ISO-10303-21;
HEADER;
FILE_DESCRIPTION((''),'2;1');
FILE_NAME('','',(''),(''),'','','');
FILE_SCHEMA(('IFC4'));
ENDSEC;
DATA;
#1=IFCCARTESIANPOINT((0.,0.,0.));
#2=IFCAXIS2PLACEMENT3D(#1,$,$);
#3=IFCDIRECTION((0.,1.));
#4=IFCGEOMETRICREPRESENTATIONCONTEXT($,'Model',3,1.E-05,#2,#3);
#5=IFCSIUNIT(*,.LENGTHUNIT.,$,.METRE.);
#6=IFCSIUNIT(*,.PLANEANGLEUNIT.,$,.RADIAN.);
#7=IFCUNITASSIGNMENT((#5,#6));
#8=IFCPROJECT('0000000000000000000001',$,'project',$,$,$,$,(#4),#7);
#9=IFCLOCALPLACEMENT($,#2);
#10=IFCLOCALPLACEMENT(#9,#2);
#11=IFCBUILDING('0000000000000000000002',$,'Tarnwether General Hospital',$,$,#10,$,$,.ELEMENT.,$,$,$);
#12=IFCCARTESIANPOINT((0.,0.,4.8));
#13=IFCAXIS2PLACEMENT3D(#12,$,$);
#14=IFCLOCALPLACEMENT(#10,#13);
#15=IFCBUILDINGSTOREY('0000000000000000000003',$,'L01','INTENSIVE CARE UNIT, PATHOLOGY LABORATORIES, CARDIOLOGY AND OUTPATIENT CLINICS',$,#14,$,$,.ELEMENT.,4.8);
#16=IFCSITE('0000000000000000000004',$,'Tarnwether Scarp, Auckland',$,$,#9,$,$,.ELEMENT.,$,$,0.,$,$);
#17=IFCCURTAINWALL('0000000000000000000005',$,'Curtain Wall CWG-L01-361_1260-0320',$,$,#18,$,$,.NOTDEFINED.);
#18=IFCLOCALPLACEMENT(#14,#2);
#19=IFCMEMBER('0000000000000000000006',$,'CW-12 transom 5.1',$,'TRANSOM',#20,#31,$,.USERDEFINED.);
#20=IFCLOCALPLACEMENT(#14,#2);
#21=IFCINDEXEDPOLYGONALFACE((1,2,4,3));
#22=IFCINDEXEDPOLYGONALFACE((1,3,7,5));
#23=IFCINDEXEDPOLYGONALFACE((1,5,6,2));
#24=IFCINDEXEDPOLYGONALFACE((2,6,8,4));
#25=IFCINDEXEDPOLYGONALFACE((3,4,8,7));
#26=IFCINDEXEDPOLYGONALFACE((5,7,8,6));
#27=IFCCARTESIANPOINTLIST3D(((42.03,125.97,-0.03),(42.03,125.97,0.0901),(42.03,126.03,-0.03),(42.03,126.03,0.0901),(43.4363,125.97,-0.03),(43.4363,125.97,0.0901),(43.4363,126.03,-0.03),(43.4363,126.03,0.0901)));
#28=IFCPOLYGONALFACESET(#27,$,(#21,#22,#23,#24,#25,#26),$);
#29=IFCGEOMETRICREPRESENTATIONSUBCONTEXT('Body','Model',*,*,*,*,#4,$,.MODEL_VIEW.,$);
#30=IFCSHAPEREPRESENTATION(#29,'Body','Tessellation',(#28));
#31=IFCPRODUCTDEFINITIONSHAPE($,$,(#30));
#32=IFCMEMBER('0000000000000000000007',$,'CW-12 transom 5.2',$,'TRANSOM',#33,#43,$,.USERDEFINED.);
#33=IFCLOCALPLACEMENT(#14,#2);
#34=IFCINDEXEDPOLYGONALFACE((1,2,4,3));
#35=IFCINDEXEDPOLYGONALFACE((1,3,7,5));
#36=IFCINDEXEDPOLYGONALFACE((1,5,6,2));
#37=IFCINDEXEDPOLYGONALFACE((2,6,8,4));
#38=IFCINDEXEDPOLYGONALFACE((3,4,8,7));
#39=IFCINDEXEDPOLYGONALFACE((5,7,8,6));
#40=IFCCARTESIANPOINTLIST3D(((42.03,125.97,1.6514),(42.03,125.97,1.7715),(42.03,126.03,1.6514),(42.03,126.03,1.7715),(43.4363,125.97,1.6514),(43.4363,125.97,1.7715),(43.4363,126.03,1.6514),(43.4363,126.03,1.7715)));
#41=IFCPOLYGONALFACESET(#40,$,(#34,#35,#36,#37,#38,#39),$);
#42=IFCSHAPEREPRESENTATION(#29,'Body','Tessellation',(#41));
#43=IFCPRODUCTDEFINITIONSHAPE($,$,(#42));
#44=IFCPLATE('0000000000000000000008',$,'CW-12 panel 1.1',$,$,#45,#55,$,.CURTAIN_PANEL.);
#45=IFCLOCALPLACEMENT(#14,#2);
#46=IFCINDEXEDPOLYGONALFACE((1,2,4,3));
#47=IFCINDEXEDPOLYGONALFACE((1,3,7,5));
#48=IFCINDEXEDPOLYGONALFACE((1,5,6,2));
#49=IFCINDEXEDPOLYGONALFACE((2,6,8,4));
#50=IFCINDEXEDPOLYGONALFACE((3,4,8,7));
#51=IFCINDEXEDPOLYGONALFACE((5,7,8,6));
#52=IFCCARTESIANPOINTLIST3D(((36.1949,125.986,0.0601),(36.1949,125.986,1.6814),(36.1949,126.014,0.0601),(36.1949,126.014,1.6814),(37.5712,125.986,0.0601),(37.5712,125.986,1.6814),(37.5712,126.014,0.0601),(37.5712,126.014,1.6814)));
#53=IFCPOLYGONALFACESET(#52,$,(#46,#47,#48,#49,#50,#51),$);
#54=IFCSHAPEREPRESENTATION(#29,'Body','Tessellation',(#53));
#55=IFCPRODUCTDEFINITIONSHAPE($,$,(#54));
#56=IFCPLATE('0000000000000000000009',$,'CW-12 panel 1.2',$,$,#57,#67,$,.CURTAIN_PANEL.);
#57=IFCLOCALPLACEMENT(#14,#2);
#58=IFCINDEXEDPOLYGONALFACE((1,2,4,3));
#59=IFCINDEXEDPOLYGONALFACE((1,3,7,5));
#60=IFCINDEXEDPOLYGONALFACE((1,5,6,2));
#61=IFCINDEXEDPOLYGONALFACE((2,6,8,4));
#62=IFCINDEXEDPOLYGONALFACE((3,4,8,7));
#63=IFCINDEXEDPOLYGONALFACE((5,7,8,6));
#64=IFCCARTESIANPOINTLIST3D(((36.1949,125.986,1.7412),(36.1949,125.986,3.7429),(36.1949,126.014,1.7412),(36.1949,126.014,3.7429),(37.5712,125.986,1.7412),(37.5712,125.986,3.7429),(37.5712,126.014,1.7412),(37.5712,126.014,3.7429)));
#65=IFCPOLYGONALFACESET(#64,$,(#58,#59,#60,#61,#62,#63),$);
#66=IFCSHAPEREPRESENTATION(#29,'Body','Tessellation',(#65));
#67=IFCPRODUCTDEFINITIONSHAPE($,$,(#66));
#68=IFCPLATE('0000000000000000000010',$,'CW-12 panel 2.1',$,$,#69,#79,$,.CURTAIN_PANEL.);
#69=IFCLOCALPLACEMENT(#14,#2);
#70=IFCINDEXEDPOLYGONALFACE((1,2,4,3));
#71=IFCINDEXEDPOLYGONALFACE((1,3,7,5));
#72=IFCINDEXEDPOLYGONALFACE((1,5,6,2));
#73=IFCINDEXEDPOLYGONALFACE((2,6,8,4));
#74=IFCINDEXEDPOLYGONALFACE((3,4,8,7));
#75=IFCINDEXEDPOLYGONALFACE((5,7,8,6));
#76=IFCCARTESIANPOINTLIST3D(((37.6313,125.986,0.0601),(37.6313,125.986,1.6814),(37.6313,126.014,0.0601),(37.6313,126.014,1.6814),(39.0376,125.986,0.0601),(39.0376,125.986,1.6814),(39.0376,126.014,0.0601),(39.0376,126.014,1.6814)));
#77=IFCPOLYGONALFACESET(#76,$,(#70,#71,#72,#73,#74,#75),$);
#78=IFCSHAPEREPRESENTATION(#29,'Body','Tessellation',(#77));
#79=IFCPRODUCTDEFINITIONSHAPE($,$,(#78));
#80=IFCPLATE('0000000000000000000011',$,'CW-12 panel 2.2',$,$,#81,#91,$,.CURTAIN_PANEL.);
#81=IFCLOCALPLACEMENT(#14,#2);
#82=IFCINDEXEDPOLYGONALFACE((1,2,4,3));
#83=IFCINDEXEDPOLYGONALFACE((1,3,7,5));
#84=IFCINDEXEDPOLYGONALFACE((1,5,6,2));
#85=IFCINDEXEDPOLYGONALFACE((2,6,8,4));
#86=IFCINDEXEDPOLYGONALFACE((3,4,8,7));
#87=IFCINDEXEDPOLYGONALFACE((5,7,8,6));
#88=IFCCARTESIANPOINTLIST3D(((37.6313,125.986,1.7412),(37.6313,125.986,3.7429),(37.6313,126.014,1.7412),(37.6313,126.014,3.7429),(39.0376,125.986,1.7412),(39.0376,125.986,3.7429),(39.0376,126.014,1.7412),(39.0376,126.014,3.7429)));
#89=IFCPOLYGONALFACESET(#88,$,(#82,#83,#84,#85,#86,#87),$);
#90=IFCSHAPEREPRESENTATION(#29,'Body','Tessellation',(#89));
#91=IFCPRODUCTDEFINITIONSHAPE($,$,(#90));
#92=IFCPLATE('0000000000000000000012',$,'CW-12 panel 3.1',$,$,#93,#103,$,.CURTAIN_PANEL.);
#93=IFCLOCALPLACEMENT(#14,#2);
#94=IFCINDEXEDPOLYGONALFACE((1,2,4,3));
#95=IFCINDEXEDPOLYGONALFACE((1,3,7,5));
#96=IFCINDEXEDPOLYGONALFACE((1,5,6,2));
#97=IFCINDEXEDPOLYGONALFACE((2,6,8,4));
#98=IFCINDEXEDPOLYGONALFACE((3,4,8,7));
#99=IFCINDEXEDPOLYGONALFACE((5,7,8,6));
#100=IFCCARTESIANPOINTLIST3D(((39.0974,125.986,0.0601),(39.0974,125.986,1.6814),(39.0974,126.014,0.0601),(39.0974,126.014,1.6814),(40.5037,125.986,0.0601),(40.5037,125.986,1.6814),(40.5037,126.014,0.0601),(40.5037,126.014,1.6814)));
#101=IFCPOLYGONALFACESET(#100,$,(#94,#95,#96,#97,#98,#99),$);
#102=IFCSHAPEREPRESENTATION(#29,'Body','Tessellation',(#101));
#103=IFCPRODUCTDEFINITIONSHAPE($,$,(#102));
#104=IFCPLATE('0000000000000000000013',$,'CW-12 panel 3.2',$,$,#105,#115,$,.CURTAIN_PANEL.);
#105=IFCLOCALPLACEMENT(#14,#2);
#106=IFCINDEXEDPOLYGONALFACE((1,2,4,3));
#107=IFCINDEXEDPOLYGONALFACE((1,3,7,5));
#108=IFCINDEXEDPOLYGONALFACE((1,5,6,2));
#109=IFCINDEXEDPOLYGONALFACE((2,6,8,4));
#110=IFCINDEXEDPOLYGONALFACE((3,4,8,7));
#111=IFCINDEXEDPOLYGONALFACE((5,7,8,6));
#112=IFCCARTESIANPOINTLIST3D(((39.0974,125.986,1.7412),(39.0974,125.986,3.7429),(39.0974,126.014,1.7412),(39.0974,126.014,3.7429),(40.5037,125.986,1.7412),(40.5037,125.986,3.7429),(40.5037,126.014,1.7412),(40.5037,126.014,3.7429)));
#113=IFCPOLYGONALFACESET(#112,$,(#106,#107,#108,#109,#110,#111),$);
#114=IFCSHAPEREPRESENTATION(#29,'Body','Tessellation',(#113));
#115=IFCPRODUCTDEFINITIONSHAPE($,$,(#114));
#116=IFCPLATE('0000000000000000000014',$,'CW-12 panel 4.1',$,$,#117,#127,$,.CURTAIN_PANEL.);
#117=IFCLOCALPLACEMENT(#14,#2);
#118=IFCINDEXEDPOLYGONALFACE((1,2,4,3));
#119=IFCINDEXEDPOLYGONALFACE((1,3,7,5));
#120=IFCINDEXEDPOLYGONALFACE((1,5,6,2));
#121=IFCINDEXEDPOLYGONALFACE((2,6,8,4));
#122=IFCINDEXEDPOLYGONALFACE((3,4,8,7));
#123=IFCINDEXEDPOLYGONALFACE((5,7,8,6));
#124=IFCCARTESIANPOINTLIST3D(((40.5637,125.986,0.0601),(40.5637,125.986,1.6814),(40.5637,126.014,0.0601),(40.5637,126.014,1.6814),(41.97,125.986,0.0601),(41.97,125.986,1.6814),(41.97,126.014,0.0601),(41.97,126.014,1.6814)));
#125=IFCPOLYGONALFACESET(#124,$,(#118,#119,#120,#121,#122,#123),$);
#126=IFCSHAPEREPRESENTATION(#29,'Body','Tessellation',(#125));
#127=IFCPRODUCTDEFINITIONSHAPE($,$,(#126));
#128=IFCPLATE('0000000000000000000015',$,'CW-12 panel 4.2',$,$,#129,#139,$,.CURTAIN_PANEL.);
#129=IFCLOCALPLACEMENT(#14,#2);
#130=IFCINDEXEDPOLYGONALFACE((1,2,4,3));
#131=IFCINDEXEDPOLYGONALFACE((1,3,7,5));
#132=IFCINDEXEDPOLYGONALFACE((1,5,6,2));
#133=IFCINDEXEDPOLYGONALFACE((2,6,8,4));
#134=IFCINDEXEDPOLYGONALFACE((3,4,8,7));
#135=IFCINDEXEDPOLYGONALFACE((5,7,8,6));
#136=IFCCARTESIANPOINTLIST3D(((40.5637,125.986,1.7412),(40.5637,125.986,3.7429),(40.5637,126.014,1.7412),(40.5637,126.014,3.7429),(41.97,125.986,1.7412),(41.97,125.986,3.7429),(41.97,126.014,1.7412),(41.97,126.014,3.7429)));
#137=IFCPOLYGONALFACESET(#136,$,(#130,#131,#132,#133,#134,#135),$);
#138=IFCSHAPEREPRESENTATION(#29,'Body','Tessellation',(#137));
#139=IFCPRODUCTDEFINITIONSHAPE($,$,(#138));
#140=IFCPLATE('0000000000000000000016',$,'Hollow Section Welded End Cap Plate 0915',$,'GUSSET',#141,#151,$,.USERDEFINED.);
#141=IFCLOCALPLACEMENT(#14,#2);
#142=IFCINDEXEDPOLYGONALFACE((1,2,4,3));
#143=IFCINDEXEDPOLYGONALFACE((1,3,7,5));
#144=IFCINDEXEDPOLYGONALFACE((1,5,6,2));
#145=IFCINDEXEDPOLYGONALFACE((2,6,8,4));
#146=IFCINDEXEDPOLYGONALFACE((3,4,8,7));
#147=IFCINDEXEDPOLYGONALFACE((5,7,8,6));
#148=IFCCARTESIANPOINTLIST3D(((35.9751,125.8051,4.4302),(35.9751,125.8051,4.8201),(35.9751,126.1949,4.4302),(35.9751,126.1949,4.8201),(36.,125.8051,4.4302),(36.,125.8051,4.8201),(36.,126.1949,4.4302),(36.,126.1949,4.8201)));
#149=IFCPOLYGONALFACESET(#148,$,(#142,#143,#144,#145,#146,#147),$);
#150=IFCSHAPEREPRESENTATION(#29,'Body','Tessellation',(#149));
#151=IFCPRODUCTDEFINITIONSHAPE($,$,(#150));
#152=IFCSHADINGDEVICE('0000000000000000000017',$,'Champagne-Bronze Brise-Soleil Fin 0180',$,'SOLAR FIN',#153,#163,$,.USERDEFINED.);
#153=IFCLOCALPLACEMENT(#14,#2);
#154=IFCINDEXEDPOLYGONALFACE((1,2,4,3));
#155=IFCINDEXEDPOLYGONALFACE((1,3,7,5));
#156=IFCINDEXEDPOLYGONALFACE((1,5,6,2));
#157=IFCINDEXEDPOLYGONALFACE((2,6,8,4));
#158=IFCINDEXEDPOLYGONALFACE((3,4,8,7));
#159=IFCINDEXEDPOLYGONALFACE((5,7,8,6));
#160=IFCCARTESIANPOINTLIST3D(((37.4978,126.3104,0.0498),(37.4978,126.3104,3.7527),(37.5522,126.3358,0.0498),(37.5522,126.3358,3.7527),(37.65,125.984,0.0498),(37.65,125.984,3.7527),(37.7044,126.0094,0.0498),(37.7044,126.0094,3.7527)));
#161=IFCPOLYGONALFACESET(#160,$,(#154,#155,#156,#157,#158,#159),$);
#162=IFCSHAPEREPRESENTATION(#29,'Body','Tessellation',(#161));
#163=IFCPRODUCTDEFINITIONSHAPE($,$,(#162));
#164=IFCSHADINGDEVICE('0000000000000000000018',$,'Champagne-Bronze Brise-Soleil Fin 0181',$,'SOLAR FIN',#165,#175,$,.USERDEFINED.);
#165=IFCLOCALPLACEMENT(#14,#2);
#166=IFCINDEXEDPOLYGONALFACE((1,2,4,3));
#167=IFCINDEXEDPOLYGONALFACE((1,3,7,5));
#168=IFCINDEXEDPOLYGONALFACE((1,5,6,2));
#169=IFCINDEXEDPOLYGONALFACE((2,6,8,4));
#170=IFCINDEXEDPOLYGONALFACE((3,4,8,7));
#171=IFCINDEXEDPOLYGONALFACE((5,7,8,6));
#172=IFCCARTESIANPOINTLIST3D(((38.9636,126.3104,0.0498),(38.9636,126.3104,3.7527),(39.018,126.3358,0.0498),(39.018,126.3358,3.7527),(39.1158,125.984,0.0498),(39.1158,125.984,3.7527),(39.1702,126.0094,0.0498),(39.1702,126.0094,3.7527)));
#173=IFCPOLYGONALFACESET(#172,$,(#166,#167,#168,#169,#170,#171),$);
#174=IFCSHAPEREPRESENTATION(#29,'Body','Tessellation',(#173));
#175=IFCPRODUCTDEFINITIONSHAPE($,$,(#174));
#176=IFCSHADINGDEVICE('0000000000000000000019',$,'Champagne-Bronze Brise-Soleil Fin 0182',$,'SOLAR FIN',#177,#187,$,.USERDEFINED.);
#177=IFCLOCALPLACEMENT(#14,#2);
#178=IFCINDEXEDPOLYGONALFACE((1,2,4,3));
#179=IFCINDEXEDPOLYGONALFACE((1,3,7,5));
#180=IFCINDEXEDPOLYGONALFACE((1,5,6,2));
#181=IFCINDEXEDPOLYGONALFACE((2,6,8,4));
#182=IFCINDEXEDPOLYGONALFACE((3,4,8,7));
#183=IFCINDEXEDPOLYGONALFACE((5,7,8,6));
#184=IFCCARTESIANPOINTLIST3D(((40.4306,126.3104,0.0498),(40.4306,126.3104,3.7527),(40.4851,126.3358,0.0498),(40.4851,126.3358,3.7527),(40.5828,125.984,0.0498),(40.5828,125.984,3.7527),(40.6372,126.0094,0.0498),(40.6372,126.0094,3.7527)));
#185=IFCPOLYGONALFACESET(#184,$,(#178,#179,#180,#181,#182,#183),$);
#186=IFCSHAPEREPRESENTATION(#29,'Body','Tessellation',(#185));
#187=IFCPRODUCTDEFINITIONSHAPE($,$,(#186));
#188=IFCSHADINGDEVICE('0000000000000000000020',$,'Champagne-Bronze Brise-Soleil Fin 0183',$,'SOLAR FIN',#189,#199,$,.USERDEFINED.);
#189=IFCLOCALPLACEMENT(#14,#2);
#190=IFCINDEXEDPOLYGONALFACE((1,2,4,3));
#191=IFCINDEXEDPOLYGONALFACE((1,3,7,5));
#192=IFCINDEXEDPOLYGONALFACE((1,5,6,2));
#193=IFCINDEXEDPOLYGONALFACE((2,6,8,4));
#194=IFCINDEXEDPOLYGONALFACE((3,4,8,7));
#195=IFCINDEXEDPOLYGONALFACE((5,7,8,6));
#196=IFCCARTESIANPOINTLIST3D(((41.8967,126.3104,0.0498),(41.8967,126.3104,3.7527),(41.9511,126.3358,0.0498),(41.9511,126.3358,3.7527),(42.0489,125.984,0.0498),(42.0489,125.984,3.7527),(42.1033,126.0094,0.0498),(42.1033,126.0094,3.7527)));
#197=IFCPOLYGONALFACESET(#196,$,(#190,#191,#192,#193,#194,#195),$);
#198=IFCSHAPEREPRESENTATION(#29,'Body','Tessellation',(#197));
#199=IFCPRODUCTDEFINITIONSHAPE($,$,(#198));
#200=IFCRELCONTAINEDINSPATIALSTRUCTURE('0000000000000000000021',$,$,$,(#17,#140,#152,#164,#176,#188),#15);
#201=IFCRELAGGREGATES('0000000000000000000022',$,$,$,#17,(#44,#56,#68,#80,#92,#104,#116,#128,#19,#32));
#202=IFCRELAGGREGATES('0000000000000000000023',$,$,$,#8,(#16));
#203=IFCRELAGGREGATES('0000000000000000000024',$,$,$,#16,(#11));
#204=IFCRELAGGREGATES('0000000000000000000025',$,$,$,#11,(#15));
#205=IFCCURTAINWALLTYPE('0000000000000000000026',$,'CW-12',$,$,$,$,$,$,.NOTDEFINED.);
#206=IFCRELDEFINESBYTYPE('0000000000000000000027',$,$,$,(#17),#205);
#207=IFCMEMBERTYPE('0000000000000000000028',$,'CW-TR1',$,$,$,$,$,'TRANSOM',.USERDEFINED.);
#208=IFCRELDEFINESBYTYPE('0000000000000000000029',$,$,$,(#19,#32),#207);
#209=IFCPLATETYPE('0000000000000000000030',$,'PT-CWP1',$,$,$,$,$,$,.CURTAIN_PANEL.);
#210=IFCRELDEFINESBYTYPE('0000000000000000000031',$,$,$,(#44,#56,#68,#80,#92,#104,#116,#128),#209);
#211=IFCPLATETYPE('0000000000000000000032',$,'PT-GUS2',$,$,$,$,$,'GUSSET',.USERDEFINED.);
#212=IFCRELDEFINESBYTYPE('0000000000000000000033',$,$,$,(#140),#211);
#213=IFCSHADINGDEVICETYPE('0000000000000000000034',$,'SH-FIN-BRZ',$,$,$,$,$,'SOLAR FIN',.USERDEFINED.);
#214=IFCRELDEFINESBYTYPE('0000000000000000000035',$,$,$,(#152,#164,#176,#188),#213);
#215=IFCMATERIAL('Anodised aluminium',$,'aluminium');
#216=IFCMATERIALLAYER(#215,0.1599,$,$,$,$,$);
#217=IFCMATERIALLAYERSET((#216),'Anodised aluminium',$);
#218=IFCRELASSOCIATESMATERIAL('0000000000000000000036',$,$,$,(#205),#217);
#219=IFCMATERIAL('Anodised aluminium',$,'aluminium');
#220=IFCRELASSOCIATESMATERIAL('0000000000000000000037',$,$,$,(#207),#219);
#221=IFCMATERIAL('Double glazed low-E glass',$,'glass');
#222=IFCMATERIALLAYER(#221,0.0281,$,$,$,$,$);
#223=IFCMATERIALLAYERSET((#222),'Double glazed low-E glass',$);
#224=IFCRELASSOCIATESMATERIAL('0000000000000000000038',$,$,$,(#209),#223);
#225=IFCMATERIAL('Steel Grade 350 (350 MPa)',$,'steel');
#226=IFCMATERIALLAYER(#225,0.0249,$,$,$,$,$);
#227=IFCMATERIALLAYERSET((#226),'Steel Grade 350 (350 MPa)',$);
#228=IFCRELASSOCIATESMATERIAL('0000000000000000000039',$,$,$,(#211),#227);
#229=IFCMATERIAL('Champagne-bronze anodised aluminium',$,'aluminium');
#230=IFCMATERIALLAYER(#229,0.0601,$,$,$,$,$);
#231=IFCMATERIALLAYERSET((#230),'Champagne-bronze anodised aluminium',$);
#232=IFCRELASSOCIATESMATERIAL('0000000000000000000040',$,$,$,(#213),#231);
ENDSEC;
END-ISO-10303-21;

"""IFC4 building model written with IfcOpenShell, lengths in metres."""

from ifc_helpers import new_model, si_unit, direction, frame, origin, origin_2d, place, context, subcontext, project, spatial, rectangle, extrude, material, layer, layer_set, material_profile, profile_set, type_object, element, aggregate, save


model = new_model("IFC4")

# Units and contexts
model_context = context("Model", 3, precision=1e-05, world=origin(), true_north=direction((0.0, 1.0)))
body_context = subcontext(model_context, "Body", "Model", "MODEL_VIEW")
ifc_project = project(units=[si_unit("LENGTHUNIT", "METRE"), si_unit("PLANEANGLEUNIT", "RADIAN")], contexts=[model_context])

# Site, building, storey
site_placement = place(None, origin())
site = spatial("IfcSite", under=ifc_project, at=site_placement, Name="Tarnwether Scarp, Auckland", CompositionType="ELEMENT", RefElevation=0.0)
building_placement = place(site_placement, origin())
building = spatial("IfcBuilding", under=site, at=building_placement, Name="Tarnwether General Hospital", CompositionType="ELEMENT")
storey_placement = place(building_placement, frame((0.0, 0.0, 4.8)))
storey = spatial("IfcBuildingStorey", under=building, at=storey_placement, Name="L01", Description="INTENSIVE CARE UNIT, PATHOLOGY LABORATORIES, CARDIOLOGY AND OUTPATIENT CLINICS", CompositionType="ELEMENT", Elevation=4.8)

# Shared definitions
ifc_material_1 = material(Name="Anodised aluminium", Category="aluminium")
ifc_layer_1 = layer(ifc_material_1, 0.1599)
ifc_layer_set_1 = layer_set([ifc_layer_1], Name="Anodised aluminium")
curtain_wall_type = type_object("IfcCurtainWallType", Name="CW-12", PredefinedType="NOTDEFINED", material=ifc_layer_set_1)

# Curtain wall, members, plates
curtain_wall_1_placement = place(storey_placement, origin())
curtain_wall_1 = element("IfcCurtainWall", 1, at=curtain_wall_1_placement, inside=storey, type_object=curtain_wall_type, Name="Curtain Wall CWG-L01-361_1260-0320", PredefinedType="NOTDEFINED")
ifc_material_2 = material(Name="Anodised aluminium", Category="aluminium")
ifc_material_profile_1 = material_profile(ifc_material_2, rectangle(XDim=0.0601, YDim=0.1201, at=origin_2d()), Name="ALU-TRN-60x120")
ifc_profile_set_1 = profile_set([ifc_material_profile_1], Name="Anodised aluminium")
member_type_1 = type_object("IfcMemberType", Name="CW-TR1", ElementType="TRANSOM", PredefinedType="USERDEFINED", material=ifc_profile_set_1)
member_1_placement = place(storey_placement, frame((42.03, 126.0, 0.03), z_axis=(1.0, 0.0, 0.0), x_axis=(0.0, 1.0, 0.0)))
member_1 = element("IfcMember", 2, at=member_1_placement, type_object=member_type_1, Name="CW-12 transom 5.1", ObjectType="TRANSOM", PredefinedType="USERDEFINED", context=body_context, shape_type="SweptSolid", body=[
    extrude(rectangle(XDim=0.0601, YDim=0.1201, at=origin_2d()), origin(), (0.0, 0.0, 1.0), 1.4062),
])
member_2_placement = place(storey_placement, frame((42.03, 126.0, 1.7114), z_axis=(1.0, 0.0, 0.0), x_axis=(0.0, 1.0, 0.0)))
member_2 = element("IfcMember", 3, at=member_2_placement, type_object=member_type_1, Name="CW-12 transom 5.2", ObjectType="TRANSOM", PredefinedType="USERDEFINED", context=body_context, shape_type="SweptSolid", body=[
    extrude(rectangle(XDim=0.0601, YDim=0.1201, at=origin_2d()), origin(), (0.0, 0.0, 1.0), 1.4062),
])
ifc_material_3 = material(Name="Double glazed low-E glass", Category="glass")
ifc_layer_2 = layer(ifc_material_3, 0.0281)
ifc_layer_set_2 = layer_set([ifc_layer_2], Name="Double glazed low-E glass")
plate_type_1 = type_object("IfcPlateType", Name="PT-CWP1", PredefinedType="CURTAIN_PANEL", material=ifc_layer_set_2)
plate_1_placement = place(storey_placement, frame((36.8831, 126.0, 0.0601), z_axis=(0.0, 0.0, 1.0), x_axis=(1.0, 0.0, 0.0)))
plate_1 = element("IfcPlate", 4, at=plate_1_placement, type_object=plate_type_1, Name="CW-12 panel 1.1", PredefinedType="CURTAIN_PANEL", context=body_context, shape_type="SweptSolid", body=[
    extrude(rectangle(XDim=1.3762, YDim=0.0281, at=origin_2d()), origin(), (0.0, 0.0, 1.0), 1.6213),
])
plate_2_placement = place(storey_placement, frame((36.8831, 126.0, 1.7412), z_axis=(0.0, 0.0, 1.0), x_axis=(1.0, 0.0, 0.0)))
plate_2 = element("IfcPlate", 5, at=plate_2_placement, type_object=plate_type_1, Name="CW-12 panel 1.2", PredefinedType="CURTAIN_PANEL", context=body_context, shape_type="SweptSolid", body=[
    extrude(rectangle(XDim=1.3762, YDim=0.0281, at=origin_2d()), origin(), (0.0, 0.0, 1.0), 2.0017),
])
plate_3_placement = place(storey_placement, frame((38.3345, 126.0, 0.0601), z_axis=(0.0, 0.0, 1.0), x_axis=(1.0, 0.0, 0.0)))
plate_3 = element("IfcPlate", 6, at=plate_3_placement, type_object=plate_type_1, Name="CW-12 panel 2.1", PredefinedType="CURTAIN_PANEL", context=body_context, shape_type="SweptSolid", body=[
    extrude(rectangle(XDim=1.4062, YDim=0.0281, at=origin_2d()), origin(), (0.0, 0.0, 1.0), 1.6213),
])
plate_4_placement = place(storey_placement, frame((38.3345, 126.0, 1.7412), z_axis=(0.0, 0.0, 1.0), x_axis=(1.0, 0.0, 0.0)))
plate_4 = element("IfcPlate", 7, at=plate_4_placement, type_object=plate_type_1, Name="CW-12 panel 2.2", PredefinedType="CURTAIN_PANEL", context=body_context, shape_type="SweptSolid", body=[
    extrude(rectangle(XDim=1.4062, YDim=0.0281, at=origin_2d()), origin(), (0.0, 0.0, 1.0), 2.0017),
])
plate_5_placement = place(storey_placement, frame((39.8005, 126.0, 0.0601), z_axis=(0.0, 0.0, 1.0), x_axis=(1.0, 0.0, 0.0)))
plate_5 = element("IfcPlate", 8, at=plate_5_placement, type_object=plate_type_1, Name="CW-12 panel 3.1", PredefinedType="CURTAIN_PANEL", context=body_context, shape_type="SweptSolid", body=[
    extrude(rectangle(XDim=1.4062, YDim=0.0281, at=origin_2d()), origin(), (0.0, 0.0, 1.0), 1.6213),
])
plate_6_placement = place(storey_placement, frame((39.8005, 126.0, 1.7412), z_axis=(0.0, 0.0, 1.0), x_axis=(1.0, 0.0, 0.0)))
plate_6 = element("IfcPlate", 9, at=plate_6_placement, type_object=plate_type_1, Name="CW-12 panel 3.2", PredefinedType="CURTAIN_PANEL", context=body_context, shape_type="SweptSolid", body=[
    extrude(rectangle(XDim=1.4062, YDim=0.0281, at=origin_2d()), origin(), (0.0, 0.0, 1.0), 2.0017),
])
plate_7_placement = place(storey_placement, frame((41.2668, 126.0, 0.0601), z_axis=(0.0, 0.0, 1.0), x_axis=(1.0, 0.0, 0.0)))
plate_7 = element("IfcPlate", 10, at=plate_7_placement, type_object=plate_type_1, Name="CW-12 panel 4.1", PredefinedType="CURTAIN_PANEL", context=body_context, shape_type="SweptSolid", body=[
    extrude(rectangle(XDim=1.4062, YDim=0.0281, at=origin_2d()), origin(), (0.0, 0.0, 1.0), 1.6213),
])
plate_8_placement = place(storey_placement, frame((41.2668, 126.0, 1.7412), z_axis=(0.0, 0.0, 1.0), x_axis=(1.0, 0.0, 0.0)))
plate_8 = element("IfcPlate", 11, at=plate_8_placement, type_object=plate_type_1, Name="CW-12 panel 4.2", PredefinedType="CURTAIN_PANEL", context=body_context, shape_type="SweptSolid", body=[
    extrude(rectangle(XDim=1.4062, YDim=0.0281, at=origin_2d()), origin(), (0.0, 0.0, 1.0), 2.0017),
])
aggregate(curtain_wall_1, [plate_1, plate_2, plate_3, plate_4, plate_5, plate_6, plate_7, plate_8, member_1, member_2])

# Plate
ifc_material_4 = material(Name="Steel Grade 350 (350 MPa)", Category="steel")
ifc_layer_3 = layer(ifc_material_4, 0.0249)
ifc_layer_set_3 = layer_set([ifc_layer_3], Name="Steel Grade 350 (350 MPa)")
plate_type_2 = type_object("IfcPlateType", Name="PT-GUS2", ElementType="GUSSET", PredefinedType="USERDEFINED", material=ifc_layer_set_3)
plate_9_placement = place(storey_placement, frame((35.9875, 126.0, 4.4302), z_axis=(0.0, 0.0, 1.0), x_axis=(1.0, 0.0, 0.0)))
element("IfcPlate", 12, at=plate_9_placement, inside=storey, type_object=plate_type_2, Name="Hollow Section Welded End Cap Plate 0915", ObjectType="GUSSET", PredefinedType="USERDEFINED", context=body_context, shape_type="SweptSolid", body=[
    extrude(rectangle(XDim=0.0249, YDim=0.3899, at=origin_2d()), origin(), (0.0, 0.0, 1.0), 0.3899),
])

# Shading devices
ifc_material_5 = material(Name="Champagne-bronze anodised aluminium", Category="aluminium")
ifc_layer_4 = layer(ifc_material_5, 0.0601)
ifc_layer_set_4 = layer_set([ifc_layer_4], Name="Champagne-bronze anodised aluminium")
shading_device_type = type_object("IfcShadingDeviceType", Name="SH-FIN-BRZ", ElementType="SOLAR FIN", PredefinedType="USERDEFINED", material=ifc_layer_set_4)
for number, where, z_axis, x_axis, name in (
    (13, (37.6011, 126.1599, 0.0498), (0.0, 0.0, 1.0), (0.906308, 0.422618, 0.0), "Champagne-Bronze Brise-Soleil Fin 0180"),
    (14, (39.0669, 126.1599, 0.0498), (0.0, 0.0, 1.0), (0.906308, 0.422618, 0.0), "Champagne-Bronze Brise-Soleil Fin 0181"),
    (15, (40.5339, 126.1599, 0.0498), (0.0, 0.0, 1.0), (0.906308, 0.422618, 0.0), "Champagne-Bronze Brise-Soleil Fin 0182"),
    (16, (42.0, 126.1599, 0.0498), (0.0, 0.0, 1.0), (0.906308, 0.422618, 0.0), "Champagne-Bronze Brise-Soleil Fin 0183"),
):
    element("IfcShadingDevice", number, at=place(storey_placement, frame(where, z_axis=z_axis, x_axis=x_axis)), inside=storey, type_object=shading_device_type, Name=name, ObjectType="SOLAR FIN", PredefinedType="USERDEFINED", context=body_context, shape_type="SweptSolid", body=[
        extrude(rectangle(XDim=0.0601, YDim=0.3601, at=origin_2d()), origin(), (0.0, 0.0, 1.0), 3.7029),
    ])

save(model, "model.ifc")
